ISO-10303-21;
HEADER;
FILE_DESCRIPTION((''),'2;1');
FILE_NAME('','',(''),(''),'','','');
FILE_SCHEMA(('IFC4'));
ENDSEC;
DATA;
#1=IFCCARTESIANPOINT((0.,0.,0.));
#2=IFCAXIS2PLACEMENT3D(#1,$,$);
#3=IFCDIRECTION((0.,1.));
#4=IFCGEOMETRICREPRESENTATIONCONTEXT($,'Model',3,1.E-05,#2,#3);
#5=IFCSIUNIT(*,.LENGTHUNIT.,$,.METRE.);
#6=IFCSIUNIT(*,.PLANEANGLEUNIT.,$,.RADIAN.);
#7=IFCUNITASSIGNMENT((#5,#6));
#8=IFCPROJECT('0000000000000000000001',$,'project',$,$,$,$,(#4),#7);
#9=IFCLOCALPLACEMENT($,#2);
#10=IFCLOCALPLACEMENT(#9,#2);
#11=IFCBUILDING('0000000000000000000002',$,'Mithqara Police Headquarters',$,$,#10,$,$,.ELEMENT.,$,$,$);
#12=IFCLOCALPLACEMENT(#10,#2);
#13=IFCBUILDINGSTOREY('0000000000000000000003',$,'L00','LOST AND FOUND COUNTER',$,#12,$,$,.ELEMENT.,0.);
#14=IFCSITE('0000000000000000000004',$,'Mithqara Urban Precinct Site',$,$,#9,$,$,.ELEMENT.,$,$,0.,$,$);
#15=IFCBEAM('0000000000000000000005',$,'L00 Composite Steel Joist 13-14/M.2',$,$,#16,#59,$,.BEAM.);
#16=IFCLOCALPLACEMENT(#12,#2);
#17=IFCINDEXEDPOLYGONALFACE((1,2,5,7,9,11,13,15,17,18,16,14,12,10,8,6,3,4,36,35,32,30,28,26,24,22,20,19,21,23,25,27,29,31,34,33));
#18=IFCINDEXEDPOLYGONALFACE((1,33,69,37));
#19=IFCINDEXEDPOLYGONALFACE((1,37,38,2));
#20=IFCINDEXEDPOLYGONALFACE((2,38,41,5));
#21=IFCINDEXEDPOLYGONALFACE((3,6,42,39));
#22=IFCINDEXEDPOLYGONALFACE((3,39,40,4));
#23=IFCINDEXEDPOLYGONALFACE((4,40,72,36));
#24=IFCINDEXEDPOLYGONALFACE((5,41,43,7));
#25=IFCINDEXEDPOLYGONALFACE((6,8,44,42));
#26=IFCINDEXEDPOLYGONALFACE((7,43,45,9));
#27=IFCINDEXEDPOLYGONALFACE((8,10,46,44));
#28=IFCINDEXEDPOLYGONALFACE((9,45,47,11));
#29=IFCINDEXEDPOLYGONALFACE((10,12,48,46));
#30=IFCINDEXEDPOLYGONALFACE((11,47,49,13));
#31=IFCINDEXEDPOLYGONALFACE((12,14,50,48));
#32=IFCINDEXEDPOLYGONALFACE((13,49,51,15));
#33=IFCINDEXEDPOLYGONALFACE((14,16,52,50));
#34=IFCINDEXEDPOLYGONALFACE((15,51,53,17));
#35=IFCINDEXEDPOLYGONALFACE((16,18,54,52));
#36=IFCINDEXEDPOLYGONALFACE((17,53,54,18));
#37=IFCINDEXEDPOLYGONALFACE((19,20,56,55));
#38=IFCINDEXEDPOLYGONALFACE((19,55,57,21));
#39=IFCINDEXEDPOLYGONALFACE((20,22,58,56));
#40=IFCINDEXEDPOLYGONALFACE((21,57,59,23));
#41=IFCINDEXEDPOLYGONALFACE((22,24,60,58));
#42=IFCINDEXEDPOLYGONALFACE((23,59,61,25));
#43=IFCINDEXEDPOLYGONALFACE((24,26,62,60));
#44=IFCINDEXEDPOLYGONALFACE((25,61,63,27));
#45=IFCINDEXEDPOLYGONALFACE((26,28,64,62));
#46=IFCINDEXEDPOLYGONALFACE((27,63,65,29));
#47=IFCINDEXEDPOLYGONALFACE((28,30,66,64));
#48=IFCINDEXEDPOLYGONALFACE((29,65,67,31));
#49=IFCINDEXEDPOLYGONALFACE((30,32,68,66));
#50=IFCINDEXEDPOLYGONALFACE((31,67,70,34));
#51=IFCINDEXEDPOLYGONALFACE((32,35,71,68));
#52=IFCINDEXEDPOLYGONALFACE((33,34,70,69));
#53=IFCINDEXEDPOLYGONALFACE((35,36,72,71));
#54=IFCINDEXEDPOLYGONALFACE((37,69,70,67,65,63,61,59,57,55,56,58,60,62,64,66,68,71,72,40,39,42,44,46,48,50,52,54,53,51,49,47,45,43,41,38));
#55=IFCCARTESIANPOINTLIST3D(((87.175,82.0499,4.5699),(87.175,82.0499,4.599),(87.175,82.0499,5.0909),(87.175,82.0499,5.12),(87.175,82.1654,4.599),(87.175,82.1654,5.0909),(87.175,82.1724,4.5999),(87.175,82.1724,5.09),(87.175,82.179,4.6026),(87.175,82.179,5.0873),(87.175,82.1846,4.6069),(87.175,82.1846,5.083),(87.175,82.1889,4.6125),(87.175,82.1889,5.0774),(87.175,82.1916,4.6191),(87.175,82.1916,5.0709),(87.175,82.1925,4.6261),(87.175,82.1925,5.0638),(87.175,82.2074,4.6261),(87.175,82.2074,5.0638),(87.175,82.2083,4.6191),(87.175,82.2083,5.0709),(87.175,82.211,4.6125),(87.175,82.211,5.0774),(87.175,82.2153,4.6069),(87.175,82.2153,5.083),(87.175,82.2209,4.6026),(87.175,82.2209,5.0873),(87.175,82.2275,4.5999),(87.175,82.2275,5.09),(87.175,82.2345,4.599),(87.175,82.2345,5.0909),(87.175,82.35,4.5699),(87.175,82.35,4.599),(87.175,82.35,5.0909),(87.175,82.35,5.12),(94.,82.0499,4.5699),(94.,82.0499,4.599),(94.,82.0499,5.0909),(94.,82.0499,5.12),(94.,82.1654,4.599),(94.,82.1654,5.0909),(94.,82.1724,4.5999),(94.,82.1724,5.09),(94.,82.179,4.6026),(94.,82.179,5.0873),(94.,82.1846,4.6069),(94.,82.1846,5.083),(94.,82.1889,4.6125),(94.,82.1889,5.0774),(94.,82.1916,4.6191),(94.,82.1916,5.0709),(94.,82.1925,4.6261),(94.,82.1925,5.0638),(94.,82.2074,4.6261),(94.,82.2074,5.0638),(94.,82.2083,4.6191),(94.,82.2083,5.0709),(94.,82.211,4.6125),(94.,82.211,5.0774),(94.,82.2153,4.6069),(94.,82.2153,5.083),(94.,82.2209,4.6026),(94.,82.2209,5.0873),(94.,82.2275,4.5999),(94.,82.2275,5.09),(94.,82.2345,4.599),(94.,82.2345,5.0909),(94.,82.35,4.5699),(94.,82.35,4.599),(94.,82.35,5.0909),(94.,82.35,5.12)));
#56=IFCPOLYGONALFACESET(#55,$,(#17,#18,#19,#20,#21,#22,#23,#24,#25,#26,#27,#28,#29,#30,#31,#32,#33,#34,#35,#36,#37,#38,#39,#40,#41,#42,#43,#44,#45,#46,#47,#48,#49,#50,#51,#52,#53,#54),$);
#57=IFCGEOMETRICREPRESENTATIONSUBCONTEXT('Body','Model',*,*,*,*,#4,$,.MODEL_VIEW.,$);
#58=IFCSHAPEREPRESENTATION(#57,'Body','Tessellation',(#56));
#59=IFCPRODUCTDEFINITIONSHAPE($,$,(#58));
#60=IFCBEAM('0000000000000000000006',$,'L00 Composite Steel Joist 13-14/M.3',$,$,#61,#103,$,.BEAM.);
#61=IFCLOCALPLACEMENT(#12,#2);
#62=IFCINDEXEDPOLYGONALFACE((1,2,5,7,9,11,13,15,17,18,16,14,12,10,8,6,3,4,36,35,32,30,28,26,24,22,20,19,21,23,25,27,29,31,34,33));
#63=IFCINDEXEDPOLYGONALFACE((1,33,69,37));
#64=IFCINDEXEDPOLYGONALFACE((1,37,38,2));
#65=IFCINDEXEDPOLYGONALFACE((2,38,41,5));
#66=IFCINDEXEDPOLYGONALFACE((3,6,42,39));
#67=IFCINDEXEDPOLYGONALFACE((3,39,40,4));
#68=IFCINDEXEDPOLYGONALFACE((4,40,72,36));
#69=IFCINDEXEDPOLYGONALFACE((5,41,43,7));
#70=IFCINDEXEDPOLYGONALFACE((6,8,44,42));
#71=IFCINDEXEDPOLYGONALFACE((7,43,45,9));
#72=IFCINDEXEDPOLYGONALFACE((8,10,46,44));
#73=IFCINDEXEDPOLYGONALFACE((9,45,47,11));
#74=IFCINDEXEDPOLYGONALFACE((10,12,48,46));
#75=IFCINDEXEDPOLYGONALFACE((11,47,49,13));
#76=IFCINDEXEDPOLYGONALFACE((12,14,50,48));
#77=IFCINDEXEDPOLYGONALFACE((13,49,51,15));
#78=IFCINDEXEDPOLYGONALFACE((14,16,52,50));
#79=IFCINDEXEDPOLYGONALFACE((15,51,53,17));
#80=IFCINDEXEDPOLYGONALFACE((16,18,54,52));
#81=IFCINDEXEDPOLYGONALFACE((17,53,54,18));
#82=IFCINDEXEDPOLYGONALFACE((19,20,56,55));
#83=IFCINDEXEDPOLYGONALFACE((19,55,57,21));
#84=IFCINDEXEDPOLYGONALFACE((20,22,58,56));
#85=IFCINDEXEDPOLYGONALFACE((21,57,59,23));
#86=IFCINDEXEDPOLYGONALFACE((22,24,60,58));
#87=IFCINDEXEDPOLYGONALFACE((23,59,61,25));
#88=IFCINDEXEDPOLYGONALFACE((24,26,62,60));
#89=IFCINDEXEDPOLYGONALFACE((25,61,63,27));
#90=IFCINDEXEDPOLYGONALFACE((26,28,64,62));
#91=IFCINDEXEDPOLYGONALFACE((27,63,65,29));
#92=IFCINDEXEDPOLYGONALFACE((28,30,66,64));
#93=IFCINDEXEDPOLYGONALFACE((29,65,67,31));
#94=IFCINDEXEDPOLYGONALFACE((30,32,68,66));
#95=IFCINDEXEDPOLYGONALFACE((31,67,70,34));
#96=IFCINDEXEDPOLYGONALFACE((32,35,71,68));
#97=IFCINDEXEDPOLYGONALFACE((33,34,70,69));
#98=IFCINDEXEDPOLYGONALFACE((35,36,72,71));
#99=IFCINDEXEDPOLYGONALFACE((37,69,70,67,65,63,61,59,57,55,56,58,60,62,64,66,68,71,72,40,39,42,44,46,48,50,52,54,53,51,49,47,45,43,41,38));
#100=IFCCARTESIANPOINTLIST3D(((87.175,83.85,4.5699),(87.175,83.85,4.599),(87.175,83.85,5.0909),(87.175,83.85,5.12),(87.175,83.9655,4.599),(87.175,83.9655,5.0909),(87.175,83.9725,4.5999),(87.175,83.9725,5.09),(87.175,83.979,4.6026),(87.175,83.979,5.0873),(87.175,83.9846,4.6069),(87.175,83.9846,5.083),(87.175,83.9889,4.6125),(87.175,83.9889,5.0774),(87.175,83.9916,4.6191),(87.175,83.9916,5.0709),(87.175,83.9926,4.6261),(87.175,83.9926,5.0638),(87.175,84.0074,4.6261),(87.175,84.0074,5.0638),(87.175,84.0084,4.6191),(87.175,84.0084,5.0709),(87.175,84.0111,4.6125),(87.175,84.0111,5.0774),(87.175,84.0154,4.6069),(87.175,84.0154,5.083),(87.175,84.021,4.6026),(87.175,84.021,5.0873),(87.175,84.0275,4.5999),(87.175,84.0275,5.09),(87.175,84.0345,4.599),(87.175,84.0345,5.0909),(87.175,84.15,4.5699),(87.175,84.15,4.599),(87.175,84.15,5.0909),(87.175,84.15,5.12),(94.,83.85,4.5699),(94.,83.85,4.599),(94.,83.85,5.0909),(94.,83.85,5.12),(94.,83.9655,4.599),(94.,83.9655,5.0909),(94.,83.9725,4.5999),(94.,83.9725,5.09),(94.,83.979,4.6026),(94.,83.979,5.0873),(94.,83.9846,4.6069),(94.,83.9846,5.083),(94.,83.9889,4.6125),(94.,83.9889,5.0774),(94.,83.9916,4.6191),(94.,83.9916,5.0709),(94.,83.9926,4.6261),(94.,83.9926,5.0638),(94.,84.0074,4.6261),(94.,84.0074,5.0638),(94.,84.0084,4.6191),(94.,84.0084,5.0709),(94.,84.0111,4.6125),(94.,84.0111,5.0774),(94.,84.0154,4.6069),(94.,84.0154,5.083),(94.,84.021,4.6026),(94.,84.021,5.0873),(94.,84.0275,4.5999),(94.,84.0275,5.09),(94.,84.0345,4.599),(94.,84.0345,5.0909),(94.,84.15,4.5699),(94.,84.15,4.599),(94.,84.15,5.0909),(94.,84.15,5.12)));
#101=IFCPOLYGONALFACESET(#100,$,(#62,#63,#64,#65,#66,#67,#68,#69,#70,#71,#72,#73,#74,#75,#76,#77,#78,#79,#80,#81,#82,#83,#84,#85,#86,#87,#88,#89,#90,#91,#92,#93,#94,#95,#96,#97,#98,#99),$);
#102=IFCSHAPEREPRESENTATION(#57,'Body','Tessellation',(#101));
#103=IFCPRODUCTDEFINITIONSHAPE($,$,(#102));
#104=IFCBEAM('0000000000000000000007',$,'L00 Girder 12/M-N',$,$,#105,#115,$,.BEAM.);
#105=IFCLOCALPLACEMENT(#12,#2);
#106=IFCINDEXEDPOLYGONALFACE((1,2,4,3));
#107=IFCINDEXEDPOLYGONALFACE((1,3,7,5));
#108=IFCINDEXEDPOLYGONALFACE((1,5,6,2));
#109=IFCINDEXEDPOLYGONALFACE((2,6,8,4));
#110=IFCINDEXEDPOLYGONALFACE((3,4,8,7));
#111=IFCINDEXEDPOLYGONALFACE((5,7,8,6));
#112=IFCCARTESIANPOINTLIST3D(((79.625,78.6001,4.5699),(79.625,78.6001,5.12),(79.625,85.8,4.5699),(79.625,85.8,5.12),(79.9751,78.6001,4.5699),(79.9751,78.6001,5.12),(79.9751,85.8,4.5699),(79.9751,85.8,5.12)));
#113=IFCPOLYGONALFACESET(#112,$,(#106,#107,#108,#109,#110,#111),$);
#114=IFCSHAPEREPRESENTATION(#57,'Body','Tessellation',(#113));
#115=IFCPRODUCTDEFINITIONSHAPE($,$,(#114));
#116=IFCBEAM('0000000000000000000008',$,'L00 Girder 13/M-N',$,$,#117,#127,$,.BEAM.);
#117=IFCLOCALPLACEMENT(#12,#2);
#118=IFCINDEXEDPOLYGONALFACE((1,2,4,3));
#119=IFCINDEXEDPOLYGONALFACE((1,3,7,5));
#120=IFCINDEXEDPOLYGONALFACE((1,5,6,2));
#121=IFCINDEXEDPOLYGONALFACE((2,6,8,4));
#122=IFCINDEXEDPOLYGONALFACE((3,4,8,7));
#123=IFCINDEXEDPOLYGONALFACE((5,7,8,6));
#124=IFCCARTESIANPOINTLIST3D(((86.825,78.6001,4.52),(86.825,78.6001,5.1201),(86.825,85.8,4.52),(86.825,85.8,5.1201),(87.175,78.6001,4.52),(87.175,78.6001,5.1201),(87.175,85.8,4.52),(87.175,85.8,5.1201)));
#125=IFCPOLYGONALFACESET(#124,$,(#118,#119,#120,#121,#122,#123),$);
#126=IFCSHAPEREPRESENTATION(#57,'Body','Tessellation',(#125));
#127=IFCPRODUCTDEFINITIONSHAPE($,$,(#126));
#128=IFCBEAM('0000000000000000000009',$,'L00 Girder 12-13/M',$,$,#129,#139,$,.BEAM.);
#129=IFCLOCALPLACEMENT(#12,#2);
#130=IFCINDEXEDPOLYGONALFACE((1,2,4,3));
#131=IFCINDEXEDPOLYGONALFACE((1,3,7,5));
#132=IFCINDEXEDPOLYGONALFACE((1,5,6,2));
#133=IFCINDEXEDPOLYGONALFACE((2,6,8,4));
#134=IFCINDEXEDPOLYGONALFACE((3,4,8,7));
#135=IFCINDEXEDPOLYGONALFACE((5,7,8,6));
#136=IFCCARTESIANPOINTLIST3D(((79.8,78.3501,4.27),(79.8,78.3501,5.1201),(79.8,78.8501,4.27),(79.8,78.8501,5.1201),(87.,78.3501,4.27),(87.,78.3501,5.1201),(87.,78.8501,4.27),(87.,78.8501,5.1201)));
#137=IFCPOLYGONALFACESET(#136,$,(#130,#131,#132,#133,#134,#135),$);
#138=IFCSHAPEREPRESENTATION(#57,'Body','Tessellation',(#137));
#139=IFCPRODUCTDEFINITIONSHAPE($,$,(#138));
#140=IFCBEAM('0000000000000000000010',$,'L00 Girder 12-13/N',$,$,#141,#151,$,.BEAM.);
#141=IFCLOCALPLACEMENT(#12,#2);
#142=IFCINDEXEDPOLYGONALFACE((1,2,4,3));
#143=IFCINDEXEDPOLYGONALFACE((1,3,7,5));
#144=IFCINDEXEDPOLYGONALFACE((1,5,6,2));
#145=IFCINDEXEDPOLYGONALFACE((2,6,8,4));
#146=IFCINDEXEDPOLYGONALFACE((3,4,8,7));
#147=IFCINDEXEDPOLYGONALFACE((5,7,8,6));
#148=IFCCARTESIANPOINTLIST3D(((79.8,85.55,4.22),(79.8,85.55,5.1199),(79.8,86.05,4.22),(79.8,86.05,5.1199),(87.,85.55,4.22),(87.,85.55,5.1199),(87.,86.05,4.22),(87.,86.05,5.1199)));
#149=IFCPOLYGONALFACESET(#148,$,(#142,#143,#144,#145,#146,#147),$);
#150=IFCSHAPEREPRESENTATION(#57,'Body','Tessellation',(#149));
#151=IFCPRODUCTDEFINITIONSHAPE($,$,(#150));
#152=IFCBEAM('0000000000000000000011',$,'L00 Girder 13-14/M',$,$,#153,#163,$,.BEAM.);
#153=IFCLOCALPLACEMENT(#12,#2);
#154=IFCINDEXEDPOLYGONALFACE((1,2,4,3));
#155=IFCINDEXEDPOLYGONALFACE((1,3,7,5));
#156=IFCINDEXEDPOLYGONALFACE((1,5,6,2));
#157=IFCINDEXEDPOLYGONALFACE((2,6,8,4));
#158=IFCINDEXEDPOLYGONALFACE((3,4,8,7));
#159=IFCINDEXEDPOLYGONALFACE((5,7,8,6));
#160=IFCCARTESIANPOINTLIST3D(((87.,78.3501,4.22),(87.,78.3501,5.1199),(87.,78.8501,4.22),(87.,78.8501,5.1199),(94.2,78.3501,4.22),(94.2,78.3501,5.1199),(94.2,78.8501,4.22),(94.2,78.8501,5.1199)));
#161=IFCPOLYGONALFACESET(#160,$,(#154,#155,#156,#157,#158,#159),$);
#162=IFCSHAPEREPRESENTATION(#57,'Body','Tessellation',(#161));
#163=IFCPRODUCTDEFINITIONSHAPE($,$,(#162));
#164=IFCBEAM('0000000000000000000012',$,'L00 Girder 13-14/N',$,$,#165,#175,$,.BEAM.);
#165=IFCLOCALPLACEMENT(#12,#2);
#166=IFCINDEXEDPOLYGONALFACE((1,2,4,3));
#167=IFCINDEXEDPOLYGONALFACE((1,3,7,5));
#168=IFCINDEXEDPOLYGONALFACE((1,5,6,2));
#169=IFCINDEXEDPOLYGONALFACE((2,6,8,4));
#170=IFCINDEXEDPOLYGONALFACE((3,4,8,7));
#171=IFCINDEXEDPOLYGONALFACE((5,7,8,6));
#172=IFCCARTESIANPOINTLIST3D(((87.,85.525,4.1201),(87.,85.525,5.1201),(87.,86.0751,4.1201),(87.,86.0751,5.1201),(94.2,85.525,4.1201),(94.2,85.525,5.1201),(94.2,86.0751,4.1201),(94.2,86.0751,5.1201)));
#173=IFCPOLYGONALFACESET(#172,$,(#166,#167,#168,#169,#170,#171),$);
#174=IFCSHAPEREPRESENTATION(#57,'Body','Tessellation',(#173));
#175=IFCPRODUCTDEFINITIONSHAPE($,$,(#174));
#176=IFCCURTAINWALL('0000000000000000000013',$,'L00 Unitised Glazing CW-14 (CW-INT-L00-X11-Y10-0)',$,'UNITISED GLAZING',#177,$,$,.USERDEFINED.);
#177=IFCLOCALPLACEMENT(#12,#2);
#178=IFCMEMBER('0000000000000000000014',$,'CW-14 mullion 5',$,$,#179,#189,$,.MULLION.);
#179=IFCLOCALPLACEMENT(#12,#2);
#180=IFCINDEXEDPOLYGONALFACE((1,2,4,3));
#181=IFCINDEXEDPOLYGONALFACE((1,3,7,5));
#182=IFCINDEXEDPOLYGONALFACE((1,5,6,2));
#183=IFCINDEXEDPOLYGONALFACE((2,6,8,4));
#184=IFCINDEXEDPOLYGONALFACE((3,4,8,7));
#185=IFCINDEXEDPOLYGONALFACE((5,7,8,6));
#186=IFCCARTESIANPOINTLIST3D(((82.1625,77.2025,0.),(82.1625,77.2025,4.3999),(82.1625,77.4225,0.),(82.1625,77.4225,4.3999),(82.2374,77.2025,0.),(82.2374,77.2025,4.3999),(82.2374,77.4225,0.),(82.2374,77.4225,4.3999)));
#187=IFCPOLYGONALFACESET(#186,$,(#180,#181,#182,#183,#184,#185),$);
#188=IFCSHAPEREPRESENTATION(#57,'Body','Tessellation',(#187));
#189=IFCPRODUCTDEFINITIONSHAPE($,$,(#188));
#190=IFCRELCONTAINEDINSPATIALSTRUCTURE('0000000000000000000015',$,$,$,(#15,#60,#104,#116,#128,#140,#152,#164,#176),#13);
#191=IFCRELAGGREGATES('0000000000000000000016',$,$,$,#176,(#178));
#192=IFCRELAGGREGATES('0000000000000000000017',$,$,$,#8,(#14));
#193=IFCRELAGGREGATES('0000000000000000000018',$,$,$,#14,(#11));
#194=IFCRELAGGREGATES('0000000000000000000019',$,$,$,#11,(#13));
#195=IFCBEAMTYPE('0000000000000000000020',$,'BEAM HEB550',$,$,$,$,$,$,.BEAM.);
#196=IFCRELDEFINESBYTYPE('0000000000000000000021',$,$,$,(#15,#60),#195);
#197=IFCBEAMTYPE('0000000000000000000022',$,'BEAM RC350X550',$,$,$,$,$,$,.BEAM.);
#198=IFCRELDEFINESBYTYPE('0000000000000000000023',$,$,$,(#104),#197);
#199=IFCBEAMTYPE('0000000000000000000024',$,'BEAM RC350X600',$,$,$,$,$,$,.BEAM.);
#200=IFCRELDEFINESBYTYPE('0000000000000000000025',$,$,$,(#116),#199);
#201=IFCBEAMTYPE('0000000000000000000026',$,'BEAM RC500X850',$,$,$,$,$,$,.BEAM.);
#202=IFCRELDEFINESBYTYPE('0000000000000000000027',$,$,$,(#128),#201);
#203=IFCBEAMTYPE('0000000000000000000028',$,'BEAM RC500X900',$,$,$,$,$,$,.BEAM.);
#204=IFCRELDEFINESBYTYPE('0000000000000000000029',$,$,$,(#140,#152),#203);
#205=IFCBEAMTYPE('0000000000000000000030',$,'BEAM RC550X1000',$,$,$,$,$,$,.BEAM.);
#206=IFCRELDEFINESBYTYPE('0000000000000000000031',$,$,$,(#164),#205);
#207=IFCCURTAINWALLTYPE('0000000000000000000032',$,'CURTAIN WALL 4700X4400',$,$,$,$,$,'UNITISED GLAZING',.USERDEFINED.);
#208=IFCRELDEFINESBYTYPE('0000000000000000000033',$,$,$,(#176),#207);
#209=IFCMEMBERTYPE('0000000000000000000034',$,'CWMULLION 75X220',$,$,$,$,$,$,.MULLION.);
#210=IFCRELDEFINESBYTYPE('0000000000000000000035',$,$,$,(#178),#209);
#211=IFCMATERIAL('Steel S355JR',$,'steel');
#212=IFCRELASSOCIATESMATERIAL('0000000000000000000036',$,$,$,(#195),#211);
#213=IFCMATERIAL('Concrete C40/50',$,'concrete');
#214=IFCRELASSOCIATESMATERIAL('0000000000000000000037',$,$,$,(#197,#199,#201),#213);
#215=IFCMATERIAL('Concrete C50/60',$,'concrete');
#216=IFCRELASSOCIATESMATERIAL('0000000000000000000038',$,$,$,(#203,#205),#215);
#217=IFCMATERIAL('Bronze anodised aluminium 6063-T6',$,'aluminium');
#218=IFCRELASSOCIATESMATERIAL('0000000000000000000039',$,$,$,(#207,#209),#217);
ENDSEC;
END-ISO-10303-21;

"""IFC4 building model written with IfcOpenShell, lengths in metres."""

from ifc_helpers import new_model, si_unit, direction, frame, origin, origin_2d, place, context, subcontext, project, spatial, rectangle, i_section, extrude, material, material_profile, profile_set, type_object, element, aggregate, save


model = new_model("IFC4")

# Units and contexts
model_context = context("Model", 3, precision=1e-05, world=origin(), true_north=direction((0.0, 1.0)))
body_context = subcontext(model_context, "Body", "Model", "MODEL_VIEW")
ifc_project = project(units=[si_unit("LENGTHUNIT", "METRE"), si_unit("PLANEANGLEUNIT", "RADIAN")], contexts=[model_context])

# Site, building, storey
site_placement = place(None, origin())
site = spatial("IfcSite", under=ifc_project, at=site_placement, Name="Mithqara Urban Precinct Site", CompositionType="ELEMENT", RefElevation=0.0)
building_placement = place(site_placement, origin())
building = spatial("IfcBuilding", under=site, at=building_placement, Name="Mithqara Police Headquarters", CompositionType="ELEMENT")
storey_placement = place(building_placement, origin())
storey = spatial("IfcBuildingStorey", under=building, at=storey_placement, Name="L00", Description="LOST AND FOUND COUNTER", CompositionType="ELEMENT", Elevation=0.0)

# Shared definitions
ifc_material_1 = material(Name="Concrete C50/60", Category="concrete")

# Beams
ifc_material_2 = material(Name="Steel S355JR", Category="steel")
ifc_material_profile_1 = material_profile(ifc_material_2, i_section(OverallWidth=0.3, OverallDepth=0.55, WebThickness=0.0149, FlangeThickness=0.0291, FilletRadius=0.0271, at=origin_2d()), Name="HEB 550")
ifc_profile_set_1 = profile_set([ifc_material_profile_1], Name="Steel S355JR")
beam_type_1 = type_object("IfcBeamType", Name="BEAM HEB550", PredefinedType="BEAM", material=ifc_profile_set_1)
for number, where, z_axis, x_axis, name in (
    (1, (87.175, 82.2, 4.845), (1.0, 0.0, 0.0), (0.0, 1.0, 0.0), "L00 Composite Steel Joist 13-14/M.2"),
    (2, (87.175, 84.0, 4.845), (1.0, 0.0, 0.0), (0.0, 1.0, 0.0), "L00 Composite Steel Joist 13-14/M.3"),
):
    element("IfcBeam", number, at=place(storey_placement, frame(where, z_axis=z_axis, x_axis=x_axis)), inside=storey, type_object=beam_type_1, Name=name, PredefinedType="BEAM", context=body_context, shape_type="SweptSolid", body=[
        extrude(i_section(OverallWidth=0.3, OverallDepth=0.55, WebThickness=0.0149, FlangeThickness=0.0291, FilletRadius=0.0271, at=origin_2d()), origin(), (0.0, 0.0, 1.0), 6.825),
    ])
ifc_material_3 = material(Name="Concrete C40/50", Category="concrete")
ifc_material_profile_2 = material_profile(ifc_material_3, rectangle(XDim=0.3501, YDim=0.55, at=origin_2d()), Name="RC 350x550")
ifc_profile_set_2 = profile_set([ifc_material_profile_2], Name="Concrete C40/50")
beam_type_2 = type_object("IfcBeamType", Name="BEAM RC350X550", PredefinedType="BEAM", material=ifc_profile_set_2)
beam_1_placement = place(storey_placement, frame((79.8, 78.6001, 4.845), z_axis=(0.0, 1.0, 0.0), x_axis=(-1.0, 0.0, 0.0)))
element("IfcBeam", 3, at=beam_1_placement, inside=storey, type_object=beam_type_2, Name="L00 Girder 12/M-N", PredefinedType="BEAM", context=body_context, shape_type="SweptSolid", body=[
    extrude(rectangle(XDim=0.3501, YDim=0.55, at=origin_2d()), origin(), (0.0, 0.0, 1.0), 7.2),
])
ifc_material_profile_3 = material_profile(ifc_material_3, rectangle(XDim=0.3501, YDim=0.6001, at=origin_2d()), Name="RC 350x600")
ifc_profile_set_3 = profile_set([ifc_material_profile_3], Name="Concrete C40/50")
beam_type_3 = type_object("IfcBeamType", Name="BEAM RC350X600", PredefinedType="BEAM", material=ifc_profile_set_3)
beam_2_placement = place(storey_placement, frame((87.0, 78.6001, 4.8201), z_axis=(0.0, 1.0, 0.0), x_axis=(-1.0, 0.0, 0.0)))
element("IfcBeam", 4, at=beam_2_placement, inside=storey, type_object=beam_type_3, Name="L00 Girder 13/M-N", PredefinedType="BEAM", context=body_context, shape_type="SweptSolid", body=[
    extrude(rectangle(XDim=0.3501, YDim=0.6001, at=origin_2d()), origin(), (0.0, 0.0, 1.0), 7.2),
])
ifc_material_profile_4 = material_profile(ifc_material_3, rectangle(XDim=0.5, YDim=0.8501, at=origin_2d()), Name="RC 500x850")
ifc_profile_set_4 = profile_set([ifc_material_profile_4], Name="Concrete C40/50")
beam_type_4 = type_object("IfcBeamType", Name="BEAM RC500X850", PredefinedType="BEAM", material=ifc_profile_set_4)
beam_3_placement = place(storey_placement, frame((79.8, 78.6001, 4.6951), z_axis=(1.0, 0.0, 0.0), x_axis=(0.0, 1.0, 0.0)))
element("IfcBeam", 5, at=beam_3_placement, inside=storey, type_object=beam_type_4, Name="L00 Girder 12-13/M", PredefinedType="BEAM", context=body_context, shape_type="SweptSolid", body=[
    extrude(rectangle(XDim=0.5, YDim=0.8501, at=origin_2d()), origin(), (0.0, 0.0, 1.0), 7.2),
])
ifc_material_profile_5 = material_profile(ifc_material_1, rectangle(XDim=0.5, YDim=0.8999, at=origin_2d()), Name="RC 500x900")
ifc_profile_set_5 = profile_set([ifc_material_profile_5], Name="Concrete C50/60")
beam_type_5 = type_object("IfcBeamType", Name="BEAM RC500X900", PredefinedType="BEAM", material=ifc_profile_set_5)
for number, where, z_axis, x_axis, name in (
    (6, (79.8, 85.8, 4.6699), (1.0, 0.0, 0.0), (0.0, 1.0, 0.0), "L00 Girder 12-13/N"),
    (7, (87.0, 78.6001, 4.6699), (1.0, 0.0, 0.0), (0.0, 1.0, 0.0), "L00 Girder 13-14/M"),
):
    element("IfcBeam", number, at=place(storey_placement, frame(where, z_axis=z_axis, x_axis=x_axis)), inside=storey, type_object=beam_type_5, Name=name, PredefinedType="BEAM", context=body_context, shape_type="SweptSolid", body=[
        extrude(rectangle(XDim=0.5, YDim=0.8999, at=origin_2d()), origin(), (0.0, 0.0, 1.0), 7.2),
    ])
ifc_material_profile_6 = material_profile(ifc_material_1, rectangle(XDim=0.55, YDim=1.0, at=origin_2d()), Name="RC 550x1000")
ifc_profile_set_6 = profile_set([ifc_material_profile_6], Name="Concrete C50/60")
beam_type_6 = type_object("IfcBeamType", Name="BEAM RC550X1000", PredefinedType="BEAM", material=ifc_profile_set_6)
beam_4_placement = place(storey_placement, frame((87.0, 85.8, 4.6201), z_axis=(1.0, 0.0, 0.0), x_axis=(0.0, 1.0, 0.0)))
element("IfcBeam", 8, at=beam_4_placement, inside=storey, type_object=beam_type_6, Name="L00 Girder 13-14/N", PredefinedType="BEAM", context=body_context, shape_type="SweptSolid", body=[
    extrude(rectangle(XDim=0.55, YDim=1.0, at=origin_2d()), origin(), (0.0, 0.0, 1.0), 7.2),
])

# Curtain wall, member
ifc_material_4 = material(Name="Bronze anodised aluminium 6063-T6", Category="aluminium")
curtain_wall_type = type_object("IfcCurtainWallType", Name="CURTAIN WALL 4700X4400", ElementType="UNITISED GLAZING", PredefinedType="USERDEFINED", material=ifc_material_4)
curtain_wall_1_placement = place(storey_placement, origin())
curtain_wall_1 = element("IfcCurtainWall", 9, at=curtain_wall_1_placement, inside=storey, type_object=curtain_wall_type, Name="L00 Unitised Glazing CW-14 (CW-INT-L00-X11-Y10-0)", ObjectType="UNITISED GLAZING", PredefinedType="USERDEFINED")
ifc_material_profile_7 = material_profile(ifc_material_4, rectangle(XDim=0.075, YDim=0.22, at=origin_2d()), Name="CWM 75x220")
ifc_profile_set_7 = profile_set([ifc_material_profile_7], Name="Bronze anodised aluminium 6063-T6")
member_type_1 = type_object("IfcMemberType", Name="CWMULLION 75X220", PredefinedType="MULLION", material=ifc_profile_set_7)
member_1_placement = place(storey_placement, frame((82.2, 77.3125, 0.0), z_axis=(0.0, 0.0, 1.0), x_axis=(-1.0, 0.0, 0.0)))
member_1 = element("IfcMember", 10, at=member_1_placement, type_object=member_type_1, Name="CW-14 mullion 5", PredefinedType="MULLION", context=body_context, shape_type="SweptSolid", body=[
    extrude(rectangle(XDim=0.075, YDim=0.22, at=origin_2d()), origin(), (0.0, 0.0, 1.0), 4.3999),
])

aggregate(curtain_wall_1, [member_1])

save(model, "model.ifc")
